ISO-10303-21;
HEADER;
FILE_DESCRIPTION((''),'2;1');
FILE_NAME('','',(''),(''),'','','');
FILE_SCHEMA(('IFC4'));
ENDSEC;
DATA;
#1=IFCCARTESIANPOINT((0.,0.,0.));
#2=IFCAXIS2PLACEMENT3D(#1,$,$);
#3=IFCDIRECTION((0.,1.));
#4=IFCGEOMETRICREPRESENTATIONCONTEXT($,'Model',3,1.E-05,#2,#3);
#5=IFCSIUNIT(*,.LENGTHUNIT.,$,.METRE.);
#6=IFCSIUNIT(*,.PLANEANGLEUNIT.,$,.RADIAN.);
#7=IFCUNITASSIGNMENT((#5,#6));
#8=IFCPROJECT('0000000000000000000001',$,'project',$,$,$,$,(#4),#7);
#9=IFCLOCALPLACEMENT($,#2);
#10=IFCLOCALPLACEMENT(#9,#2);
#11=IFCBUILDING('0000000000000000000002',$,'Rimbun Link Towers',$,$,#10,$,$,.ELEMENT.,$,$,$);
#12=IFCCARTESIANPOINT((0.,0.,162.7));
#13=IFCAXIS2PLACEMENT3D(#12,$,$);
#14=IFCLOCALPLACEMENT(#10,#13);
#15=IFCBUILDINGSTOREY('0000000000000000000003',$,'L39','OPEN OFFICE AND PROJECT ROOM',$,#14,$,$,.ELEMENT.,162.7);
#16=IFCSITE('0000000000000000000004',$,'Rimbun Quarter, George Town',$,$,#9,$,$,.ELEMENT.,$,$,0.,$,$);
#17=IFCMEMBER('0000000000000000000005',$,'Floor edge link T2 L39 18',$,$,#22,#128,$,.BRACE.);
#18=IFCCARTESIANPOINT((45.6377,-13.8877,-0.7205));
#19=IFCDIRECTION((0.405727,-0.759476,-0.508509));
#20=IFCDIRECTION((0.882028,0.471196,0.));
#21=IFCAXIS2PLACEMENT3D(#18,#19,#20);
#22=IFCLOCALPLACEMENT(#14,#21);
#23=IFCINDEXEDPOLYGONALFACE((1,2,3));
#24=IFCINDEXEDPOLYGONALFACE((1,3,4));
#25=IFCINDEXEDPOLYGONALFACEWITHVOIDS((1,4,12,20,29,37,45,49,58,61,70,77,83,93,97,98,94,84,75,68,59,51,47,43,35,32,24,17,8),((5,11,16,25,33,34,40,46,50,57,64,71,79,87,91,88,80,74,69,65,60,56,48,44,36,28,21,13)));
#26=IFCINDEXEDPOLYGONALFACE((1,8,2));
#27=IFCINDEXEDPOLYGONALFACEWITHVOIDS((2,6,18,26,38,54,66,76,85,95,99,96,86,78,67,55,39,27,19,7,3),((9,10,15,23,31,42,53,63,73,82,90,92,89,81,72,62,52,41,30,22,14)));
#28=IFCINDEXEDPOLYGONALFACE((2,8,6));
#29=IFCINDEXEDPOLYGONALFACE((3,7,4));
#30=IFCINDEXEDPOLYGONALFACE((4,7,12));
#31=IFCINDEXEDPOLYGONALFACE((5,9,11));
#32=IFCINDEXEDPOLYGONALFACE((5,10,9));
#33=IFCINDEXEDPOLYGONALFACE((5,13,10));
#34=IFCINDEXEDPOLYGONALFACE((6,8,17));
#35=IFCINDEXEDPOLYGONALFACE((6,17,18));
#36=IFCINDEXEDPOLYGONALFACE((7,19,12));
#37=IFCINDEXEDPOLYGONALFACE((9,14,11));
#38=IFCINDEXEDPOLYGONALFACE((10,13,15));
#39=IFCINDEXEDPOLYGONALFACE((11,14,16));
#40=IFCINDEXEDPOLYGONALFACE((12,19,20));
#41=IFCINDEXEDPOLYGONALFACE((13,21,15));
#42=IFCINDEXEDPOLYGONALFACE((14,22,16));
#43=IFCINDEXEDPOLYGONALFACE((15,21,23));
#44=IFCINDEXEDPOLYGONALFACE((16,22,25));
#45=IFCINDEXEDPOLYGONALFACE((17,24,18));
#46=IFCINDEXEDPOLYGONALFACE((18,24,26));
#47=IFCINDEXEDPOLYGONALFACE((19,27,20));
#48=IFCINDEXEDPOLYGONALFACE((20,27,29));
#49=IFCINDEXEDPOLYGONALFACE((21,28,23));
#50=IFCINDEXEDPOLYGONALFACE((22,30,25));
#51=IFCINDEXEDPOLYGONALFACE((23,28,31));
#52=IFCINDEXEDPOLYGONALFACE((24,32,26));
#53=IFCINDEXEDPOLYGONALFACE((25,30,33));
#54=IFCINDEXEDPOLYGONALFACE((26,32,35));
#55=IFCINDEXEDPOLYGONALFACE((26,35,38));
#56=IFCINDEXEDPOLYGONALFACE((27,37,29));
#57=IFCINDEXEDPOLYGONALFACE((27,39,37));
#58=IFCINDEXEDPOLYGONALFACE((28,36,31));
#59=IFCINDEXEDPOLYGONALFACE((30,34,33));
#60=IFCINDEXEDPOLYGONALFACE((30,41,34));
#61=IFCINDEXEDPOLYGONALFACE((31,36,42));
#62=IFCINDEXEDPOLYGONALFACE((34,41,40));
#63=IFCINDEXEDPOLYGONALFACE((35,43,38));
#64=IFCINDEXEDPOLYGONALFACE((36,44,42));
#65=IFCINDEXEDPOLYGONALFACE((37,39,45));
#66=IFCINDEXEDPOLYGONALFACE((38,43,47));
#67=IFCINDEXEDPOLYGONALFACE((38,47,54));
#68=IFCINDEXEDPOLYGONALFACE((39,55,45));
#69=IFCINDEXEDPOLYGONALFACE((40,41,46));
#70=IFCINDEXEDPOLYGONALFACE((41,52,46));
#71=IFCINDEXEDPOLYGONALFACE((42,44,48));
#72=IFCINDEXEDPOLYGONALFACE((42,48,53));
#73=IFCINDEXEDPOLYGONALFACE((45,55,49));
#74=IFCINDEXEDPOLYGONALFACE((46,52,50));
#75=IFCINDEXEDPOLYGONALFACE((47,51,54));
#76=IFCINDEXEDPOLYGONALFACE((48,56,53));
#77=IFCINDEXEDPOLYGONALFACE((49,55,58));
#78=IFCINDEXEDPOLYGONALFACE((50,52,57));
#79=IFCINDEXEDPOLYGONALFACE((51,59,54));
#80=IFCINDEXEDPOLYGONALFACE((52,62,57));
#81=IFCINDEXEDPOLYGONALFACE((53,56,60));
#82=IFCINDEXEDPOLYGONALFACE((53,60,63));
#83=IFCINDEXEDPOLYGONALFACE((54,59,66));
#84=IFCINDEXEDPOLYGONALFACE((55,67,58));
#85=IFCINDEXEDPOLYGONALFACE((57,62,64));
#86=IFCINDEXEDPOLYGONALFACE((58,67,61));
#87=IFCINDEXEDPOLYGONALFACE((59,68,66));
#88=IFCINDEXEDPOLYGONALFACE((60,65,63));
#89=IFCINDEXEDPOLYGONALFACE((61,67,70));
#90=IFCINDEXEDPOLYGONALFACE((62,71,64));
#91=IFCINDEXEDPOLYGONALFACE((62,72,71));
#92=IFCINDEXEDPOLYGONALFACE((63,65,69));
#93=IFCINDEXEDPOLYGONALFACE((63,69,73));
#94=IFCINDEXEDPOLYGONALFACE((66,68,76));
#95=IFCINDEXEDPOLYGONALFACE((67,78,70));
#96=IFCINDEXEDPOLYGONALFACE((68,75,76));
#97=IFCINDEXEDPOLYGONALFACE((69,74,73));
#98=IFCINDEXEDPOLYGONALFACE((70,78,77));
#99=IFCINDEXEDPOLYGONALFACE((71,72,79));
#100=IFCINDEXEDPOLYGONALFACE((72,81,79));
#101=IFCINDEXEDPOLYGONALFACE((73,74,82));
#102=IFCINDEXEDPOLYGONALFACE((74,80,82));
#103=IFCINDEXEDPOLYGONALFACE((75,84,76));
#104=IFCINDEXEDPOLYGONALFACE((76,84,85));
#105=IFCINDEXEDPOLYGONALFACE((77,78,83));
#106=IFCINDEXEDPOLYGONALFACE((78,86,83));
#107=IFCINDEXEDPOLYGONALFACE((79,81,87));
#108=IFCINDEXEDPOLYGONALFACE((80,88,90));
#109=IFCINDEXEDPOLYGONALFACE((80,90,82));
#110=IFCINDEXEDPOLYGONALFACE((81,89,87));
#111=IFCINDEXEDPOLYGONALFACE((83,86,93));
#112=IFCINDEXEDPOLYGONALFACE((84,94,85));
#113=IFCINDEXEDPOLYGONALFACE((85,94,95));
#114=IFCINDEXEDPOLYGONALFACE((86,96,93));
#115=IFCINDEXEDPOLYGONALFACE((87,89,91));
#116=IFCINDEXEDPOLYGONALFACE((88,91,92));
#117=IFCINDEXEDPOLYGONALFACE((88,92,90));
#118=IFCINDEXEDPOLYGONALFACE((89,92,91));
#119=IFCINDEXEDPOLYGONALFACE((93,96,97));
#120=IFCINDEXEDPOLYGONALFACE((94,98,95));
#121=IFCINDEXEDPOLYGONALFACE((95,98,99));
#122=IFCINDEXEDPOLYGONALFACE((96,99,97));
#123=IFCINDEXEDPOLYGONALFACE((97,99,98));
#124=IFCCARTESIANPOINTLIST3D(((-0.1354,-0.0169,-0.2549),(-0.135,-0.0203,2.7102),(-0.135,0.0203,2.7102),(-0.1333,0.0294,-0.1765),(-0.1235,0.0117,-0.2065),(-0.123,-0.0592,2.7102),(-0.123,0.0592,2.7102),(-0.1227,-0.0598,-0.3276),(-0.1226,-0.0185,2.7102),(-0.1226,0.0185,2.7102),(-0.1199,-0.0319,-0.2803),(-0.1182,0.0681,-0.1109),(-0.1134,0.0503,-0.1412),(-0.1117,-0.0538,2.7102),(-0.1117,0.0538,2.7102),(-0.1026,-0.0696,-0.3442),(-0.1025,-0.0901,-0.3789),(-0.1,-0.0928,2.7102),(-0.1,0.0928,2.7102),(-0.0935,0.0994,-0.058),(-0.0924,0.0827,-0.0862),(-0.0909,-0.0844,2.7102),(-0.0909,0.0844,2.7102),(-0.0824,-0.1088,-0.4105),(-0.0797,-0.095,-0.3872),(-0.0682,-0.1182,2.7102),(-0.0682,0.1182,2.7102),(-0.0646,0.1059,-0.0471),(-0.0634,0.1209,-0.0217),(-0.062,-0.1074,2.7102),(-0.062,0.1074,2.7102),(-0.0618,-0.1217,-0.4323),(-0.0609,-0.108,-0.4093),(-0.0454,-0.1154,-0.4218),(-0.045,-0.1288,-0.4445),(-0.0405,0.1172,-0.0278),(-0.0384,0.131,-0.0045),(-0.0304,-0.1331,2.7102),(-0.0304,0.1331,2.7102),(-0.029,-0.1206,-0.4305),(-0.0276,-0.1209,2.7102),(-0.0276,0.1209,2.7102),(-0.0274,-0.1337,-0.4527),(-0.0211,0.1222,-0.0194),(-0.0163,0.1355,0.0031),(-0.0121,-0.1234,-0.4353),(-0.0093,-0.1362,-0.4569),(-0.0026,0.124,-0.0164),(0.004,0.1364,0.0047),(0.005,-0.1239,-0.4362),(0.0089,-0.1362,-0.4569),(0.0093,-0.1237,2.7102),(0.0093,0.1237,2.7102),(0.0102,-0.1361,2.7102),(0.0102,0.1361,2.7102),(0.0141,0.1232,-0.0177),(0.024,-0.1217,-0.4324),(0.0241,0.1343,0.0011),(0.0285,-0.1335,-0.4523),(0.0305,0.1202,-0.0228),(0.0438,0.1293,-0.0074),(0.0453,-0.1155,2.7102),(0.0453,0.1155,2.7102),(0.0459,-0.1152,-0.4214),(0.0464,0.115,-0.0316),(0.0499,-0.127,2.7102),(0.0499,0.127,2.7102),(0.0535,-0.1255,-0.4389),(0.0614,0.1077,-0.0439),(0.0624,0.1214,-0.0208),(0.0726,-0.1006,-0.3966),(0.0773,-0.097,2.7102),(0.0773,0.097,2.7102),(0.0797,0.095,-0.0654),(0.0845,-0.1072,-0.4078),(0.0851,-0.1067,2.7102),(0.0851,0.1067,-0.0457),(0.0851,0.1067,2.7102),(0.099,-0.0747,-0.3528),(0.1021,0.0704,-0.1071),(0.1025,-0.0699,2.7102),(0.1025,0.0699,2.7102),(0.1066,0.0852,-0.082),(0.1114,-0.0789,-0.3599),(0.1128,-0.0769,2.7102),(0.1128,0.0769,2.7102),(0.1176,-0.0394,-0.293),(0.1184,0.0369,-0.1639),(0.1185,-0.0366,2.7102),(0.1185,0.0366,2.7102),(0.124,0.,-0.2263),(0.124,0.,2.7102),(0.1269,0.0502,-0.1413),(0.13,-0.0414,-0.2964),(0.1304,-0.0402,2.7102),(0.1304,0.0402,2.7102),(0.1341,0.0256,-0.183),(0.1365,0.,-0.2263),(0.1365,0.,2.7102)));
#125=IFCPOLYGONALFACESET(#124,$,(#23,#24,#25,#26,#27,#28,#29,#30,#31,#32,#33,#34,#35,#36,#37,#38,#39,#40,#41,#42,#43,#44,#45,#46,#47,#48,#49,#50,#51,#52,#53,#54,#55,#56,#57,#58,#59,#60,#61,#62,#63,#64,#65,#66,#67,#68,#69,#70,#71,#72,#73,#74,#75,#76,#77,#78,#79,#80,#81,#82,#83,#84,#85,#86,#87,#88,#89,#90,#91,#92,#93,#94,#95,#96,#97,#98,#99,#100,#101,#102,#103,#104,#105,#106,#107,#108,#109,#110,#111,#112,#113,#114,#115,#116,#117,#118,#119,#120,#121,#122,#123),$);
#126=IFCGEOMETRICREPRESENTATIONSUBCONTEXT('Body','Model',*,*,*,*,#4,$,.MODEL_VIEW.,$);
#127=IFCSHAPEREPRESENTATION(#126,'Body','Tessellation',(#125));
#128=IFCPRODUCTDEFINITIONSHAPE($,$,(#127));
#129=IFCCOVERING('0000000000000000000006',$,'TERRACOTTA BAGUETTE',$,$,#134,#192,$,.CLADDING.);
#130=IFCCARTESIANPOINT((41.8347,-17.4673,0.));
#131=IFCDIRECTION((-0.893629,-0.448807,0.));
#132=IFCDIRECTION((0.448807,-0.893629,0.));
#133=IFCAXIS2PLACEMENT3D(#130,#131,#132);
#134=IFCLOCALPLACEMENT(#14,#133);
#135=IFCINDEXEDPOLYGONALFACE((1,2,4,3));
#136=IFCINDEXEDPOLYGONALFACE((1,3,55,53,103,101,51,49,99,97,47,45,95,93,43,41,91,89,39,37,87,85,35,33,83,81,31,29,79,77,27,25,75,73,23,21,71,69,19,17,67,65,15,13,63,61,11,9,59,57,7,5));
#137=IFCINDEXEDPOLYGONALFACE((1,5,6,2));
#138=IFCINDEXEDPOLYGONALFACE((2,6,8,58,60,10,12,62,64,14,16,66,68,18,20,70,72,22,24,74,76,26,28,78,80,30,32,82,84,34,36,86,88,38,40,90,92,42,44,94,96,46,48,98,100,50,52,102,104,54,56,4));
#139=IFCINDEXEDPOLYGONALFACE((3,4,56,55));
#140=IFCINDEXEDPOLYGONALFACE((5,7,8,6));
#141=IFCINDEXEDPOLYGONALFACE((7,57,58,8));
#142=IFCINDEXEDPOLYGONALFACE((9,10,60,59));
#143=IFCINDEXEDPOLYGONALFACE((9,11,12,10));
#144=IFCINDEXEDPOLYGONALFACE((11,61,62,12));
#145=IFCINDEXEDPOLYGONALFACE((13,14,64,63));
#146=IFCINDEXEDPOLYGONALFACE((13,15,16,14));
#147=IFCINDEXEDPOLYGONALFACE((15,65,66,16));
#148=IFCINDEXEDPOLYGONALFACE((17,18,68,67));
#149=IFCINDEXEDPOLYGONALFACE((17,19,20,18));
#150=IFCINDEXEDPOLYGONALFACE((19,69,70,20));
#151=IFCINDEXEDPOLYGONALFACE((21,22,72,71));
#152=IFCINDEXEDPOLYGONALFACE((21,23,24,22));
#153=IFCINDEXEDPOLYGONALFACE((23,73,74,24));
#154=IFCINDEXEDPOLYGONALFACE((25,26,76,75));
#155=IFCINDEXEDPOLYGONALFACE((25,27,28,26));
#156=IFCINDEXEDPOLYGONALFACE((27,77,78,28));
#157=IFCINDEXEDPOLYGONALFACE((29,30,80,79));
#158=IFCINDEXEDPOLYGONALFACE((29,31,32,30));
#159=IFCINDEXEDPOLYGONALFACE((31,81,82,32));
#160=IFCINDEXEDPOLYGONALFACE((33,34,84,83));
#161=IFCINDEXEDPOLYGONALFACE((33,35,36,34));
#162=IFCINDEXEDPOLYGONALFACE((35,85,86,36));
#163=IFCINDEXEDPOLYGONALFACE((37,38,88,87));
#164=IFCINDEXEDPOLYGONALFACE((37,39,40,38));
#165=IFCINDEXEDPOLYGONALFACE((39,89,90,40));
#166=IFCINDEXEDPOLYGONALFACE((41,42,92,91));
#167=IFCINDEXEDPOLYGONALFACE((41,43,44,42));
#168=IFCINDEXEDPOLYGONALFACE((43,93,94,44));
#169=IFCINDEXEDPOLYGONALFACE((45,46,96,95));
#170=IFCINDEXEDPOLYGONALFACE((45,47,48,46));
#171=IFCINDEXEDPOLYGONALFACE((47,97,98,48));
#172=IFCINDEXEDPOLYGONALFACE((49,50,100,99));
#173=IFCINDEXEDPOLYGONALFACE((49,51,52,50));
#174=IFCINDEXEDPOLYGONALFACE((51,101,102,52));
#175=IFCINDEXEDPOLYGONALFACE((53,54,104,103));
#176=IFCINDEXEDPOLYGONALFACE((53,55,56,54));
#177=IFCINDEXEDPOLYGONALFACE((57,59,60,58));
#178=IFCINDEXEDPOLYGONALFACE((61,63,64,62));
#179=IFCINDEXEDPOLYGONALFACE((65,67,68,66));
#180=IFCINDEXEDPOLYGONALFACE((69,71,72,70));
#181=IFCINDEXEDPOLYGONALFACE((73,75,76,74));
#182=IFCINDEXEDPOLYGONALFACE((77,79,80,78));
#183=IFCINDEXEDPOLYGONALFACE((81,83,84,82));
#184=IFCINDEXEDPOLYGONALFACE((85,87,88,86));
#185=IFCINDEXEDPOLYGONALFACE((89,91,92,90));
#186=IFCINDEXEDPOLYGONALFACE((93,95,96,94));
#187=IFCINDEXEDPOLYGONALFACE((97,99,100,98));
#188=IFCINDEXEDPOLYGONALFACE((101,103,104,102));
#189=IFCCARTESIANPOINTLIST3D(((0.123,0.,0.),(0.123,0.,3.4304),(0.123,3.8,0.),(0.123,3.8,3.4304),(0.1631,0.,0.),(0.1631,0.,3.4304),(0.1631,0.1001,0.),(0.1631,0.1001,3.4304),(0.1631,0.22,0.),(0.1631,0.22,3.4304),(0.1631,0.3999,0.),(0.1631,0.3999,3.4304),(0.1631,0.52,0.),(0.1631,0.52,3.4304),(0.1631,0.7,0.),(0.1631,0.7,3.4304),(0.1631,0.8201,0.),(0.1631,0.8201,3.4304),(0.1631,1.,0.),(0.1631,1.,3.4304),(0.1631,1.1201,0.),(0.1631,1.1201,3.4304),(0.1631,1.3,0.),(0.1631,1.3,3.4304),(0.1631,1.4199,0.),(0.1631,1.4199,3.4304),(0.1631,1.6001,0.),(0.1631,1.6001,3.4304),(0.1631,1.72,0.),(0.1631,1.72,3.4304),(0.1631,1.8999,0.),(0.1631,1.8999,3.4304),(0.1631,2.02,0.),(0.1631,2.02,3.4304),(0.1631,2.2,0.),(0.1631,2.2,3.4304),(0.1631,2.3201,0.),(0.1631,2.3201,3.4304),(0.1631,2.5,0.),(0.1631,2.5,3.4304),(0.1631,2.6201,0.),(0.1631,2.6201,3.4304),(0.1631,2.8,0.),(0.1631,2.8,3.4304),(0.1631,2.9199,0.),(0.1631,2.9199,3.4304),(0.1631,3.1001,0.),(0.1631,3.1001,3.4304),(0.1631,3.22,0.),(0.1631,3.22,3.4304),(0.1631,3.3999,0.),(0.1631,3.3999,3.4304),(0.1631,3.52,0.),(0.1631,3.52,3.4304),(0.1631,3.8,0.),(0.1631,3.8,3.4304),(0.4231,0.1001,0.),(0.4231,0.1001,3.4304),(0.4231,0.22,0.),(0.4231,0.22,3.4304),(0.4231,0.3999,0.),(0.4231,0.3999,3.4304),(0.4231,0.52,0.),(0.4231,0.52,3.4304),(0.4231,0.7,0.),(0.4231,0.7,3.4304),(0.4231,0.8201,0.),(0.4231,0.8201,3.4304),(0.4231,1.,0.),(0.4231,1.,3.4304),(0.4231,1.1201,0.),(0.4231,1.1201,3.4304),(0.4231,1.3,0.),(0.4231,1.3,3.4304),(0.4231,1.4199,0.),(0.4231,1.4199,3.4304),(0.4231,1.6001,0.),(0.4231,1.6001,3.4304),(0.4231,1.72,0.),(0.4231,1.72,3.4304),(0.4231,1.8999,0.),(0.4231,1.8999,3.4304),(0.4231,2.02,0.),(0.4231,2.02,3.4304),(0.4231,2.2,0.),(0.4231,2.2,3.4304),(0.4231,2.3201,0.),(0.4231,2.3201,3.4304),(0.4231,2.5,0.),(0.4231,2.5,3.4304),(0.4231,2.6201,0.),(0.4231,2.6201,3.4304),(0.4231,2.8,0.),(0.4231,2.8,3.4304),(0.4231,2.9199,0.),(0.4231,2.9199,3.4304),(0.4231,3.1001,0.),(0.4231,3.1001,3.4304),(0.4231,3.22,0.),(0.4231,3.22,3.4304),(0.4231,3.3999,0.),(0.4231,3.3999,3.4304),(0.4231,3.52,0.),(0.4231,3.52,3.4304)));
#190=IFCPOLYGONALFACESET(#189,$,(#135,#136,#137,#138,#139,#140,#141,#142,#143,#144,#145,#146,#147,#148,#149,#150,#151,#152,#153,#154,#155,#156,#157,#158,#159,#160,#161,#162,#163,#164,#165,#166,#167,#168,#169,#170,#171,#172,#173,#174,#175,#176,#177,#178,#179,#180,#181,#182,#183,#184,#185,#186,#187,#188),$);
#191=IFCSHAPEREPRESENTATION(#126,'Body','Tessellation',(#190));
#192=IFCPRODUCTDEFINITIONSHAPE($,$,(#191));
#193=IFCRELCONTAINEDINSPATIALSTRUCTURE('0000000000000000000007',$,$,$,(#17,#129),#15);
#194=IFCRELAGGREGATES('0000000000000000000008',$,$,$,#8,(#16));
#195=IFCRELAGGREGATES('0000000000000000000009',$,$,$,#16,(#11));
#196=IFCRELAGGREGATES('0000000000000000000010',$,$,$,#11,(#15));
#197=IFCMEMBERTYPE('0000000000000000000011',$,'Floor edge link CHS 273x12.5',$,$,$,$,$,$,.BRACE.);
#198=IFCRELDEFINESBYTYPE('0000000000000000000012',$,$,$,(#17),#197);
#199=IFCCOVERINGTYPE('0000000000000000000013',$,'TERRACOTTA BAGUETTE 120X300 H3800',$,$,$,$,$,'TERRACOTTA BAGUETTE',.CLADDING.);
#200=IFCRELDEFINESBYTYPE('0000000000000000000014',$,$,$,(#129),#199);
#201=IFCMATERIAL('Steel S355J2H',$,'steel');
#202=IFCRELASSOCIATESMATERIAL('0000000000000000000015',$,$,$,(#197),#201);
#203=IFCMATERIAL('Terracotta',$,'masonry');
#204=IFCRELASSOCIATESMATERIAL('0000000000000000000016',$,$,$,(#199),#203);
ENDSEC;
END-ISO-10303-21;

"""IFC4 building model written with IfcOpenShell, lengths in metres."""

from ifc_helpers import new_model, si_unit, direction, frame, origin, origin_2d, place, context, subcontext, project, spatial, polyline, hollow_circle, outline, extrude, clip, halfspace, material, material_profile, profile_set, type_object, element, save


model = new_model("IFC4")

# Units and contexts
model_context = context("Model", 3, precision=1e-05, world=origin(), true_north=direction((0.0, 1.0)))
body_context = subcontext(model_context, "Body", "Model", "MODEL_VIEW")
ifc_project = project(units=[si_unit("LENGTHUNIT", "METRE"), si_unit("PLANEANGLEUNIT", "RADIAN")], contexts=[model_context])

# Site, building, storey
site_placement = place(None, origin())
site = spatial("IfcSite", under=ifc_project, at=site_placement, Name="Rimbun Quarter, George Town", CompositionType="ELEMENT", RefElevation=0.0)
building_placement = place(site_placement, origin())
building = spatial("IfcBuilding", under=site, at=building_placement, Name="Rimbun Link Towers", CompositionType="ELEMENT")
storey_placement = place(building_placement, frame((0.0, 0.0, 162.7)))
storey = spatial("IfcBuildingStorey", under=building, at=storey_placement, Name="L39", Description="OPEN OFFICE AND PROJECT ROOM", CompositionType="ELEMENT", Elevation=162.7)

# Member
ifc_material_1 = material(Name="Steel S355J2H", Category="steel")
ifc_material_profile_1 = material_profile(ifc_material_1, hollow_circle(Radius=0.1365, WallThickness=0.0125, at=origin_2d()), Name="CHS 273x12.5")
ifc_profile_set_1 = profile_set([ifc_material_profile_1], Name="Steel S355J2H")
member_type_1 = type_object("IfcMemberType", Name="Floor edge link CHS 273x12.5", PredefinedType="BRACE", material=ifc_profile_set_1)
member_1_placement = place(storey_placement, frame((45.6377, -13.8877, -0.7205), z_axis=(0.405727, -0.759476, -0.508509), x_axis=(0.882028, 0.471196, 0.0)))
element("IfcMember", 1, at=member_1_placement, inside=storey, type_object=member_type_1, Name="Floor edge link T2 L39 18", PredefinedType="BRACE", context=body_context, shape_type="Clipping", body=[
    clip(extrude(hollow_circle(Radius=0.1365, WallThickness=0.0125, at=origin_2d()), frame((0.0, 0.0, -0.4819)), (0.0, 0.0, 1.0), 3.1921), halfspace(frame((0.0, 0.0, -0.2263), z_axis=(0.0, 0.861056, -0.508509)), False)),
])

# Covering
ifc_material_2 = material(Name="Terracotta", Category="masonry")
ifc_material_profile_2 = material_profile(ifc_material_2, outline(polyline([(0.123, 0.0), (0.1631, 0.0), (0.1631, 0.1001), (0.4231, 0.1001), (0.4231, 0.22), (0.1631, 0.22), (0.1631, 0.3999), (0.4231, 0.3999), (0.4231, 0.52), (0.1631, 0.52), (0.1631, 0.7), (0.4231, 0.7), (0.4231, 0.8201), (0.1631, 0.8201), (0.1631, 1.0), (0.4231, 1.0), (0.4231, 1.1201), (0.1631, 1.1201), (0.1631, 1.3), (0.4231, 1.3), (0.4231, 1.4199), (0.1631, 1.4199), (0.1631, 1.6001), (0.4231, 1.6001), (0.4231, 1.72), (0.1631, 1.72), (0.1631, 1.8999), (0.4231, 1.8999), (0.4231, 2.02), (0.1631, 2.02), (0.1631, 2.2), (0.4231, 2.2), (0.4231, 2.3201), (0.1631, 2.3201), (0.1631, 2.5), (0.4231, 2.5), (0.4231, 2.6201), (0.1631, 2.6201), (0.1631, 2.8), (0.4231, 2.8), (0.4231, 2.9199), (0.1631, 2.9199), (0.1631, 3.1001), (0.4231, 3.1001), (0.4231, 3.22), (0.1631, 3.22), (0.1631, 3.3999), (0.4231, 3.3999), (0.4231, 3.52), (0.1631, 3.52), (0.1631, 3.8), (0.123, 3.8), (0.123, 0.0)])), Name="BAGUETTE 120X300")
ifc_profile_set_2 = profile_set([ifc_material_profile_2], Name="Terracotta")
covering_type = type_object("IfcCoveringType", Name="TERRACOTTA BAGUETTE 120X300 H3800", ElementType="TERRACOTTA BAGUETTE", PredefinedType="CLADDING", material=ifc_profile_set_2)
covering_1_placement = place(storey_placement, frame((41.8347, -17.4673, 0.0), z_axis=(-0.893629, -0.448807, 0.0), x_axis=(0.448807, -0.893629, 0.0)))
element("IfcCovering", 2, at=covering_1_placement, inside=storey, type_object=covering_type, Name="TERRACOTTA BAGUETTE", PredefinedType="CLADDING", context=body_context, shape_type="SweptSolid", body=[
    extrude(outline(polyline([(0.123, 0.0), (0.1631, 0.0), (0.1631, 0.1001), (0.4231, 0.1001), (0.4231, 0.22), (0.1631, 0.22), (0.1631, 0.3999), (0.4231, 0.3999), (0.4231, 0.52), (0.1631, 0.52), (0.1631, 0.7), (0.4231, 0.7), (0.4231, 0.8201), (0.1631, 0.8201), (0.1631, 1.0), (0.4231, 1.0), (0.4231, 1.1201), (0.1631, 1.1201), (0.1631, 1.3), (0.4231, 1.3), (0.4231, 1.4199), (0.1631, 1.4199), (0.1631, 1.6001), (0.4231, 1.6001), (0.4231, 1.72), (0.1631, 1.72), (0.1631, 1.8999), (0.4231, 1.8999), (0.4231, 2.02), (0.1631, 2.02), (0.1631, 2.2), (0.4231, 2.2), (0.4231, 2.3201), (0.1631, 2.3201), (0.1631, 2.5), (0.4231, 2.5), (0.4231, 2.6201), (0.1631, 2.6201), (0.1631, 2.8), (0.4231, 2.8), (0.4231, 2.9199), (0.1631, 2.9199), (0.1631, 3.1001), (0.4231, 3.1001), (0.4231, 3.22), (0.1631, 3.22), (0.1631, 3.3999), (0.4231, 3.3999), (0.4231, 3.52), (0.1631, 3.52), (0.1631, 3.8), (0.123, 3.8), (0.123, 0.0)])), origin(), (0.0, 0.0, 1.0), 3.4304),
])

save(model, "model.ifc")
